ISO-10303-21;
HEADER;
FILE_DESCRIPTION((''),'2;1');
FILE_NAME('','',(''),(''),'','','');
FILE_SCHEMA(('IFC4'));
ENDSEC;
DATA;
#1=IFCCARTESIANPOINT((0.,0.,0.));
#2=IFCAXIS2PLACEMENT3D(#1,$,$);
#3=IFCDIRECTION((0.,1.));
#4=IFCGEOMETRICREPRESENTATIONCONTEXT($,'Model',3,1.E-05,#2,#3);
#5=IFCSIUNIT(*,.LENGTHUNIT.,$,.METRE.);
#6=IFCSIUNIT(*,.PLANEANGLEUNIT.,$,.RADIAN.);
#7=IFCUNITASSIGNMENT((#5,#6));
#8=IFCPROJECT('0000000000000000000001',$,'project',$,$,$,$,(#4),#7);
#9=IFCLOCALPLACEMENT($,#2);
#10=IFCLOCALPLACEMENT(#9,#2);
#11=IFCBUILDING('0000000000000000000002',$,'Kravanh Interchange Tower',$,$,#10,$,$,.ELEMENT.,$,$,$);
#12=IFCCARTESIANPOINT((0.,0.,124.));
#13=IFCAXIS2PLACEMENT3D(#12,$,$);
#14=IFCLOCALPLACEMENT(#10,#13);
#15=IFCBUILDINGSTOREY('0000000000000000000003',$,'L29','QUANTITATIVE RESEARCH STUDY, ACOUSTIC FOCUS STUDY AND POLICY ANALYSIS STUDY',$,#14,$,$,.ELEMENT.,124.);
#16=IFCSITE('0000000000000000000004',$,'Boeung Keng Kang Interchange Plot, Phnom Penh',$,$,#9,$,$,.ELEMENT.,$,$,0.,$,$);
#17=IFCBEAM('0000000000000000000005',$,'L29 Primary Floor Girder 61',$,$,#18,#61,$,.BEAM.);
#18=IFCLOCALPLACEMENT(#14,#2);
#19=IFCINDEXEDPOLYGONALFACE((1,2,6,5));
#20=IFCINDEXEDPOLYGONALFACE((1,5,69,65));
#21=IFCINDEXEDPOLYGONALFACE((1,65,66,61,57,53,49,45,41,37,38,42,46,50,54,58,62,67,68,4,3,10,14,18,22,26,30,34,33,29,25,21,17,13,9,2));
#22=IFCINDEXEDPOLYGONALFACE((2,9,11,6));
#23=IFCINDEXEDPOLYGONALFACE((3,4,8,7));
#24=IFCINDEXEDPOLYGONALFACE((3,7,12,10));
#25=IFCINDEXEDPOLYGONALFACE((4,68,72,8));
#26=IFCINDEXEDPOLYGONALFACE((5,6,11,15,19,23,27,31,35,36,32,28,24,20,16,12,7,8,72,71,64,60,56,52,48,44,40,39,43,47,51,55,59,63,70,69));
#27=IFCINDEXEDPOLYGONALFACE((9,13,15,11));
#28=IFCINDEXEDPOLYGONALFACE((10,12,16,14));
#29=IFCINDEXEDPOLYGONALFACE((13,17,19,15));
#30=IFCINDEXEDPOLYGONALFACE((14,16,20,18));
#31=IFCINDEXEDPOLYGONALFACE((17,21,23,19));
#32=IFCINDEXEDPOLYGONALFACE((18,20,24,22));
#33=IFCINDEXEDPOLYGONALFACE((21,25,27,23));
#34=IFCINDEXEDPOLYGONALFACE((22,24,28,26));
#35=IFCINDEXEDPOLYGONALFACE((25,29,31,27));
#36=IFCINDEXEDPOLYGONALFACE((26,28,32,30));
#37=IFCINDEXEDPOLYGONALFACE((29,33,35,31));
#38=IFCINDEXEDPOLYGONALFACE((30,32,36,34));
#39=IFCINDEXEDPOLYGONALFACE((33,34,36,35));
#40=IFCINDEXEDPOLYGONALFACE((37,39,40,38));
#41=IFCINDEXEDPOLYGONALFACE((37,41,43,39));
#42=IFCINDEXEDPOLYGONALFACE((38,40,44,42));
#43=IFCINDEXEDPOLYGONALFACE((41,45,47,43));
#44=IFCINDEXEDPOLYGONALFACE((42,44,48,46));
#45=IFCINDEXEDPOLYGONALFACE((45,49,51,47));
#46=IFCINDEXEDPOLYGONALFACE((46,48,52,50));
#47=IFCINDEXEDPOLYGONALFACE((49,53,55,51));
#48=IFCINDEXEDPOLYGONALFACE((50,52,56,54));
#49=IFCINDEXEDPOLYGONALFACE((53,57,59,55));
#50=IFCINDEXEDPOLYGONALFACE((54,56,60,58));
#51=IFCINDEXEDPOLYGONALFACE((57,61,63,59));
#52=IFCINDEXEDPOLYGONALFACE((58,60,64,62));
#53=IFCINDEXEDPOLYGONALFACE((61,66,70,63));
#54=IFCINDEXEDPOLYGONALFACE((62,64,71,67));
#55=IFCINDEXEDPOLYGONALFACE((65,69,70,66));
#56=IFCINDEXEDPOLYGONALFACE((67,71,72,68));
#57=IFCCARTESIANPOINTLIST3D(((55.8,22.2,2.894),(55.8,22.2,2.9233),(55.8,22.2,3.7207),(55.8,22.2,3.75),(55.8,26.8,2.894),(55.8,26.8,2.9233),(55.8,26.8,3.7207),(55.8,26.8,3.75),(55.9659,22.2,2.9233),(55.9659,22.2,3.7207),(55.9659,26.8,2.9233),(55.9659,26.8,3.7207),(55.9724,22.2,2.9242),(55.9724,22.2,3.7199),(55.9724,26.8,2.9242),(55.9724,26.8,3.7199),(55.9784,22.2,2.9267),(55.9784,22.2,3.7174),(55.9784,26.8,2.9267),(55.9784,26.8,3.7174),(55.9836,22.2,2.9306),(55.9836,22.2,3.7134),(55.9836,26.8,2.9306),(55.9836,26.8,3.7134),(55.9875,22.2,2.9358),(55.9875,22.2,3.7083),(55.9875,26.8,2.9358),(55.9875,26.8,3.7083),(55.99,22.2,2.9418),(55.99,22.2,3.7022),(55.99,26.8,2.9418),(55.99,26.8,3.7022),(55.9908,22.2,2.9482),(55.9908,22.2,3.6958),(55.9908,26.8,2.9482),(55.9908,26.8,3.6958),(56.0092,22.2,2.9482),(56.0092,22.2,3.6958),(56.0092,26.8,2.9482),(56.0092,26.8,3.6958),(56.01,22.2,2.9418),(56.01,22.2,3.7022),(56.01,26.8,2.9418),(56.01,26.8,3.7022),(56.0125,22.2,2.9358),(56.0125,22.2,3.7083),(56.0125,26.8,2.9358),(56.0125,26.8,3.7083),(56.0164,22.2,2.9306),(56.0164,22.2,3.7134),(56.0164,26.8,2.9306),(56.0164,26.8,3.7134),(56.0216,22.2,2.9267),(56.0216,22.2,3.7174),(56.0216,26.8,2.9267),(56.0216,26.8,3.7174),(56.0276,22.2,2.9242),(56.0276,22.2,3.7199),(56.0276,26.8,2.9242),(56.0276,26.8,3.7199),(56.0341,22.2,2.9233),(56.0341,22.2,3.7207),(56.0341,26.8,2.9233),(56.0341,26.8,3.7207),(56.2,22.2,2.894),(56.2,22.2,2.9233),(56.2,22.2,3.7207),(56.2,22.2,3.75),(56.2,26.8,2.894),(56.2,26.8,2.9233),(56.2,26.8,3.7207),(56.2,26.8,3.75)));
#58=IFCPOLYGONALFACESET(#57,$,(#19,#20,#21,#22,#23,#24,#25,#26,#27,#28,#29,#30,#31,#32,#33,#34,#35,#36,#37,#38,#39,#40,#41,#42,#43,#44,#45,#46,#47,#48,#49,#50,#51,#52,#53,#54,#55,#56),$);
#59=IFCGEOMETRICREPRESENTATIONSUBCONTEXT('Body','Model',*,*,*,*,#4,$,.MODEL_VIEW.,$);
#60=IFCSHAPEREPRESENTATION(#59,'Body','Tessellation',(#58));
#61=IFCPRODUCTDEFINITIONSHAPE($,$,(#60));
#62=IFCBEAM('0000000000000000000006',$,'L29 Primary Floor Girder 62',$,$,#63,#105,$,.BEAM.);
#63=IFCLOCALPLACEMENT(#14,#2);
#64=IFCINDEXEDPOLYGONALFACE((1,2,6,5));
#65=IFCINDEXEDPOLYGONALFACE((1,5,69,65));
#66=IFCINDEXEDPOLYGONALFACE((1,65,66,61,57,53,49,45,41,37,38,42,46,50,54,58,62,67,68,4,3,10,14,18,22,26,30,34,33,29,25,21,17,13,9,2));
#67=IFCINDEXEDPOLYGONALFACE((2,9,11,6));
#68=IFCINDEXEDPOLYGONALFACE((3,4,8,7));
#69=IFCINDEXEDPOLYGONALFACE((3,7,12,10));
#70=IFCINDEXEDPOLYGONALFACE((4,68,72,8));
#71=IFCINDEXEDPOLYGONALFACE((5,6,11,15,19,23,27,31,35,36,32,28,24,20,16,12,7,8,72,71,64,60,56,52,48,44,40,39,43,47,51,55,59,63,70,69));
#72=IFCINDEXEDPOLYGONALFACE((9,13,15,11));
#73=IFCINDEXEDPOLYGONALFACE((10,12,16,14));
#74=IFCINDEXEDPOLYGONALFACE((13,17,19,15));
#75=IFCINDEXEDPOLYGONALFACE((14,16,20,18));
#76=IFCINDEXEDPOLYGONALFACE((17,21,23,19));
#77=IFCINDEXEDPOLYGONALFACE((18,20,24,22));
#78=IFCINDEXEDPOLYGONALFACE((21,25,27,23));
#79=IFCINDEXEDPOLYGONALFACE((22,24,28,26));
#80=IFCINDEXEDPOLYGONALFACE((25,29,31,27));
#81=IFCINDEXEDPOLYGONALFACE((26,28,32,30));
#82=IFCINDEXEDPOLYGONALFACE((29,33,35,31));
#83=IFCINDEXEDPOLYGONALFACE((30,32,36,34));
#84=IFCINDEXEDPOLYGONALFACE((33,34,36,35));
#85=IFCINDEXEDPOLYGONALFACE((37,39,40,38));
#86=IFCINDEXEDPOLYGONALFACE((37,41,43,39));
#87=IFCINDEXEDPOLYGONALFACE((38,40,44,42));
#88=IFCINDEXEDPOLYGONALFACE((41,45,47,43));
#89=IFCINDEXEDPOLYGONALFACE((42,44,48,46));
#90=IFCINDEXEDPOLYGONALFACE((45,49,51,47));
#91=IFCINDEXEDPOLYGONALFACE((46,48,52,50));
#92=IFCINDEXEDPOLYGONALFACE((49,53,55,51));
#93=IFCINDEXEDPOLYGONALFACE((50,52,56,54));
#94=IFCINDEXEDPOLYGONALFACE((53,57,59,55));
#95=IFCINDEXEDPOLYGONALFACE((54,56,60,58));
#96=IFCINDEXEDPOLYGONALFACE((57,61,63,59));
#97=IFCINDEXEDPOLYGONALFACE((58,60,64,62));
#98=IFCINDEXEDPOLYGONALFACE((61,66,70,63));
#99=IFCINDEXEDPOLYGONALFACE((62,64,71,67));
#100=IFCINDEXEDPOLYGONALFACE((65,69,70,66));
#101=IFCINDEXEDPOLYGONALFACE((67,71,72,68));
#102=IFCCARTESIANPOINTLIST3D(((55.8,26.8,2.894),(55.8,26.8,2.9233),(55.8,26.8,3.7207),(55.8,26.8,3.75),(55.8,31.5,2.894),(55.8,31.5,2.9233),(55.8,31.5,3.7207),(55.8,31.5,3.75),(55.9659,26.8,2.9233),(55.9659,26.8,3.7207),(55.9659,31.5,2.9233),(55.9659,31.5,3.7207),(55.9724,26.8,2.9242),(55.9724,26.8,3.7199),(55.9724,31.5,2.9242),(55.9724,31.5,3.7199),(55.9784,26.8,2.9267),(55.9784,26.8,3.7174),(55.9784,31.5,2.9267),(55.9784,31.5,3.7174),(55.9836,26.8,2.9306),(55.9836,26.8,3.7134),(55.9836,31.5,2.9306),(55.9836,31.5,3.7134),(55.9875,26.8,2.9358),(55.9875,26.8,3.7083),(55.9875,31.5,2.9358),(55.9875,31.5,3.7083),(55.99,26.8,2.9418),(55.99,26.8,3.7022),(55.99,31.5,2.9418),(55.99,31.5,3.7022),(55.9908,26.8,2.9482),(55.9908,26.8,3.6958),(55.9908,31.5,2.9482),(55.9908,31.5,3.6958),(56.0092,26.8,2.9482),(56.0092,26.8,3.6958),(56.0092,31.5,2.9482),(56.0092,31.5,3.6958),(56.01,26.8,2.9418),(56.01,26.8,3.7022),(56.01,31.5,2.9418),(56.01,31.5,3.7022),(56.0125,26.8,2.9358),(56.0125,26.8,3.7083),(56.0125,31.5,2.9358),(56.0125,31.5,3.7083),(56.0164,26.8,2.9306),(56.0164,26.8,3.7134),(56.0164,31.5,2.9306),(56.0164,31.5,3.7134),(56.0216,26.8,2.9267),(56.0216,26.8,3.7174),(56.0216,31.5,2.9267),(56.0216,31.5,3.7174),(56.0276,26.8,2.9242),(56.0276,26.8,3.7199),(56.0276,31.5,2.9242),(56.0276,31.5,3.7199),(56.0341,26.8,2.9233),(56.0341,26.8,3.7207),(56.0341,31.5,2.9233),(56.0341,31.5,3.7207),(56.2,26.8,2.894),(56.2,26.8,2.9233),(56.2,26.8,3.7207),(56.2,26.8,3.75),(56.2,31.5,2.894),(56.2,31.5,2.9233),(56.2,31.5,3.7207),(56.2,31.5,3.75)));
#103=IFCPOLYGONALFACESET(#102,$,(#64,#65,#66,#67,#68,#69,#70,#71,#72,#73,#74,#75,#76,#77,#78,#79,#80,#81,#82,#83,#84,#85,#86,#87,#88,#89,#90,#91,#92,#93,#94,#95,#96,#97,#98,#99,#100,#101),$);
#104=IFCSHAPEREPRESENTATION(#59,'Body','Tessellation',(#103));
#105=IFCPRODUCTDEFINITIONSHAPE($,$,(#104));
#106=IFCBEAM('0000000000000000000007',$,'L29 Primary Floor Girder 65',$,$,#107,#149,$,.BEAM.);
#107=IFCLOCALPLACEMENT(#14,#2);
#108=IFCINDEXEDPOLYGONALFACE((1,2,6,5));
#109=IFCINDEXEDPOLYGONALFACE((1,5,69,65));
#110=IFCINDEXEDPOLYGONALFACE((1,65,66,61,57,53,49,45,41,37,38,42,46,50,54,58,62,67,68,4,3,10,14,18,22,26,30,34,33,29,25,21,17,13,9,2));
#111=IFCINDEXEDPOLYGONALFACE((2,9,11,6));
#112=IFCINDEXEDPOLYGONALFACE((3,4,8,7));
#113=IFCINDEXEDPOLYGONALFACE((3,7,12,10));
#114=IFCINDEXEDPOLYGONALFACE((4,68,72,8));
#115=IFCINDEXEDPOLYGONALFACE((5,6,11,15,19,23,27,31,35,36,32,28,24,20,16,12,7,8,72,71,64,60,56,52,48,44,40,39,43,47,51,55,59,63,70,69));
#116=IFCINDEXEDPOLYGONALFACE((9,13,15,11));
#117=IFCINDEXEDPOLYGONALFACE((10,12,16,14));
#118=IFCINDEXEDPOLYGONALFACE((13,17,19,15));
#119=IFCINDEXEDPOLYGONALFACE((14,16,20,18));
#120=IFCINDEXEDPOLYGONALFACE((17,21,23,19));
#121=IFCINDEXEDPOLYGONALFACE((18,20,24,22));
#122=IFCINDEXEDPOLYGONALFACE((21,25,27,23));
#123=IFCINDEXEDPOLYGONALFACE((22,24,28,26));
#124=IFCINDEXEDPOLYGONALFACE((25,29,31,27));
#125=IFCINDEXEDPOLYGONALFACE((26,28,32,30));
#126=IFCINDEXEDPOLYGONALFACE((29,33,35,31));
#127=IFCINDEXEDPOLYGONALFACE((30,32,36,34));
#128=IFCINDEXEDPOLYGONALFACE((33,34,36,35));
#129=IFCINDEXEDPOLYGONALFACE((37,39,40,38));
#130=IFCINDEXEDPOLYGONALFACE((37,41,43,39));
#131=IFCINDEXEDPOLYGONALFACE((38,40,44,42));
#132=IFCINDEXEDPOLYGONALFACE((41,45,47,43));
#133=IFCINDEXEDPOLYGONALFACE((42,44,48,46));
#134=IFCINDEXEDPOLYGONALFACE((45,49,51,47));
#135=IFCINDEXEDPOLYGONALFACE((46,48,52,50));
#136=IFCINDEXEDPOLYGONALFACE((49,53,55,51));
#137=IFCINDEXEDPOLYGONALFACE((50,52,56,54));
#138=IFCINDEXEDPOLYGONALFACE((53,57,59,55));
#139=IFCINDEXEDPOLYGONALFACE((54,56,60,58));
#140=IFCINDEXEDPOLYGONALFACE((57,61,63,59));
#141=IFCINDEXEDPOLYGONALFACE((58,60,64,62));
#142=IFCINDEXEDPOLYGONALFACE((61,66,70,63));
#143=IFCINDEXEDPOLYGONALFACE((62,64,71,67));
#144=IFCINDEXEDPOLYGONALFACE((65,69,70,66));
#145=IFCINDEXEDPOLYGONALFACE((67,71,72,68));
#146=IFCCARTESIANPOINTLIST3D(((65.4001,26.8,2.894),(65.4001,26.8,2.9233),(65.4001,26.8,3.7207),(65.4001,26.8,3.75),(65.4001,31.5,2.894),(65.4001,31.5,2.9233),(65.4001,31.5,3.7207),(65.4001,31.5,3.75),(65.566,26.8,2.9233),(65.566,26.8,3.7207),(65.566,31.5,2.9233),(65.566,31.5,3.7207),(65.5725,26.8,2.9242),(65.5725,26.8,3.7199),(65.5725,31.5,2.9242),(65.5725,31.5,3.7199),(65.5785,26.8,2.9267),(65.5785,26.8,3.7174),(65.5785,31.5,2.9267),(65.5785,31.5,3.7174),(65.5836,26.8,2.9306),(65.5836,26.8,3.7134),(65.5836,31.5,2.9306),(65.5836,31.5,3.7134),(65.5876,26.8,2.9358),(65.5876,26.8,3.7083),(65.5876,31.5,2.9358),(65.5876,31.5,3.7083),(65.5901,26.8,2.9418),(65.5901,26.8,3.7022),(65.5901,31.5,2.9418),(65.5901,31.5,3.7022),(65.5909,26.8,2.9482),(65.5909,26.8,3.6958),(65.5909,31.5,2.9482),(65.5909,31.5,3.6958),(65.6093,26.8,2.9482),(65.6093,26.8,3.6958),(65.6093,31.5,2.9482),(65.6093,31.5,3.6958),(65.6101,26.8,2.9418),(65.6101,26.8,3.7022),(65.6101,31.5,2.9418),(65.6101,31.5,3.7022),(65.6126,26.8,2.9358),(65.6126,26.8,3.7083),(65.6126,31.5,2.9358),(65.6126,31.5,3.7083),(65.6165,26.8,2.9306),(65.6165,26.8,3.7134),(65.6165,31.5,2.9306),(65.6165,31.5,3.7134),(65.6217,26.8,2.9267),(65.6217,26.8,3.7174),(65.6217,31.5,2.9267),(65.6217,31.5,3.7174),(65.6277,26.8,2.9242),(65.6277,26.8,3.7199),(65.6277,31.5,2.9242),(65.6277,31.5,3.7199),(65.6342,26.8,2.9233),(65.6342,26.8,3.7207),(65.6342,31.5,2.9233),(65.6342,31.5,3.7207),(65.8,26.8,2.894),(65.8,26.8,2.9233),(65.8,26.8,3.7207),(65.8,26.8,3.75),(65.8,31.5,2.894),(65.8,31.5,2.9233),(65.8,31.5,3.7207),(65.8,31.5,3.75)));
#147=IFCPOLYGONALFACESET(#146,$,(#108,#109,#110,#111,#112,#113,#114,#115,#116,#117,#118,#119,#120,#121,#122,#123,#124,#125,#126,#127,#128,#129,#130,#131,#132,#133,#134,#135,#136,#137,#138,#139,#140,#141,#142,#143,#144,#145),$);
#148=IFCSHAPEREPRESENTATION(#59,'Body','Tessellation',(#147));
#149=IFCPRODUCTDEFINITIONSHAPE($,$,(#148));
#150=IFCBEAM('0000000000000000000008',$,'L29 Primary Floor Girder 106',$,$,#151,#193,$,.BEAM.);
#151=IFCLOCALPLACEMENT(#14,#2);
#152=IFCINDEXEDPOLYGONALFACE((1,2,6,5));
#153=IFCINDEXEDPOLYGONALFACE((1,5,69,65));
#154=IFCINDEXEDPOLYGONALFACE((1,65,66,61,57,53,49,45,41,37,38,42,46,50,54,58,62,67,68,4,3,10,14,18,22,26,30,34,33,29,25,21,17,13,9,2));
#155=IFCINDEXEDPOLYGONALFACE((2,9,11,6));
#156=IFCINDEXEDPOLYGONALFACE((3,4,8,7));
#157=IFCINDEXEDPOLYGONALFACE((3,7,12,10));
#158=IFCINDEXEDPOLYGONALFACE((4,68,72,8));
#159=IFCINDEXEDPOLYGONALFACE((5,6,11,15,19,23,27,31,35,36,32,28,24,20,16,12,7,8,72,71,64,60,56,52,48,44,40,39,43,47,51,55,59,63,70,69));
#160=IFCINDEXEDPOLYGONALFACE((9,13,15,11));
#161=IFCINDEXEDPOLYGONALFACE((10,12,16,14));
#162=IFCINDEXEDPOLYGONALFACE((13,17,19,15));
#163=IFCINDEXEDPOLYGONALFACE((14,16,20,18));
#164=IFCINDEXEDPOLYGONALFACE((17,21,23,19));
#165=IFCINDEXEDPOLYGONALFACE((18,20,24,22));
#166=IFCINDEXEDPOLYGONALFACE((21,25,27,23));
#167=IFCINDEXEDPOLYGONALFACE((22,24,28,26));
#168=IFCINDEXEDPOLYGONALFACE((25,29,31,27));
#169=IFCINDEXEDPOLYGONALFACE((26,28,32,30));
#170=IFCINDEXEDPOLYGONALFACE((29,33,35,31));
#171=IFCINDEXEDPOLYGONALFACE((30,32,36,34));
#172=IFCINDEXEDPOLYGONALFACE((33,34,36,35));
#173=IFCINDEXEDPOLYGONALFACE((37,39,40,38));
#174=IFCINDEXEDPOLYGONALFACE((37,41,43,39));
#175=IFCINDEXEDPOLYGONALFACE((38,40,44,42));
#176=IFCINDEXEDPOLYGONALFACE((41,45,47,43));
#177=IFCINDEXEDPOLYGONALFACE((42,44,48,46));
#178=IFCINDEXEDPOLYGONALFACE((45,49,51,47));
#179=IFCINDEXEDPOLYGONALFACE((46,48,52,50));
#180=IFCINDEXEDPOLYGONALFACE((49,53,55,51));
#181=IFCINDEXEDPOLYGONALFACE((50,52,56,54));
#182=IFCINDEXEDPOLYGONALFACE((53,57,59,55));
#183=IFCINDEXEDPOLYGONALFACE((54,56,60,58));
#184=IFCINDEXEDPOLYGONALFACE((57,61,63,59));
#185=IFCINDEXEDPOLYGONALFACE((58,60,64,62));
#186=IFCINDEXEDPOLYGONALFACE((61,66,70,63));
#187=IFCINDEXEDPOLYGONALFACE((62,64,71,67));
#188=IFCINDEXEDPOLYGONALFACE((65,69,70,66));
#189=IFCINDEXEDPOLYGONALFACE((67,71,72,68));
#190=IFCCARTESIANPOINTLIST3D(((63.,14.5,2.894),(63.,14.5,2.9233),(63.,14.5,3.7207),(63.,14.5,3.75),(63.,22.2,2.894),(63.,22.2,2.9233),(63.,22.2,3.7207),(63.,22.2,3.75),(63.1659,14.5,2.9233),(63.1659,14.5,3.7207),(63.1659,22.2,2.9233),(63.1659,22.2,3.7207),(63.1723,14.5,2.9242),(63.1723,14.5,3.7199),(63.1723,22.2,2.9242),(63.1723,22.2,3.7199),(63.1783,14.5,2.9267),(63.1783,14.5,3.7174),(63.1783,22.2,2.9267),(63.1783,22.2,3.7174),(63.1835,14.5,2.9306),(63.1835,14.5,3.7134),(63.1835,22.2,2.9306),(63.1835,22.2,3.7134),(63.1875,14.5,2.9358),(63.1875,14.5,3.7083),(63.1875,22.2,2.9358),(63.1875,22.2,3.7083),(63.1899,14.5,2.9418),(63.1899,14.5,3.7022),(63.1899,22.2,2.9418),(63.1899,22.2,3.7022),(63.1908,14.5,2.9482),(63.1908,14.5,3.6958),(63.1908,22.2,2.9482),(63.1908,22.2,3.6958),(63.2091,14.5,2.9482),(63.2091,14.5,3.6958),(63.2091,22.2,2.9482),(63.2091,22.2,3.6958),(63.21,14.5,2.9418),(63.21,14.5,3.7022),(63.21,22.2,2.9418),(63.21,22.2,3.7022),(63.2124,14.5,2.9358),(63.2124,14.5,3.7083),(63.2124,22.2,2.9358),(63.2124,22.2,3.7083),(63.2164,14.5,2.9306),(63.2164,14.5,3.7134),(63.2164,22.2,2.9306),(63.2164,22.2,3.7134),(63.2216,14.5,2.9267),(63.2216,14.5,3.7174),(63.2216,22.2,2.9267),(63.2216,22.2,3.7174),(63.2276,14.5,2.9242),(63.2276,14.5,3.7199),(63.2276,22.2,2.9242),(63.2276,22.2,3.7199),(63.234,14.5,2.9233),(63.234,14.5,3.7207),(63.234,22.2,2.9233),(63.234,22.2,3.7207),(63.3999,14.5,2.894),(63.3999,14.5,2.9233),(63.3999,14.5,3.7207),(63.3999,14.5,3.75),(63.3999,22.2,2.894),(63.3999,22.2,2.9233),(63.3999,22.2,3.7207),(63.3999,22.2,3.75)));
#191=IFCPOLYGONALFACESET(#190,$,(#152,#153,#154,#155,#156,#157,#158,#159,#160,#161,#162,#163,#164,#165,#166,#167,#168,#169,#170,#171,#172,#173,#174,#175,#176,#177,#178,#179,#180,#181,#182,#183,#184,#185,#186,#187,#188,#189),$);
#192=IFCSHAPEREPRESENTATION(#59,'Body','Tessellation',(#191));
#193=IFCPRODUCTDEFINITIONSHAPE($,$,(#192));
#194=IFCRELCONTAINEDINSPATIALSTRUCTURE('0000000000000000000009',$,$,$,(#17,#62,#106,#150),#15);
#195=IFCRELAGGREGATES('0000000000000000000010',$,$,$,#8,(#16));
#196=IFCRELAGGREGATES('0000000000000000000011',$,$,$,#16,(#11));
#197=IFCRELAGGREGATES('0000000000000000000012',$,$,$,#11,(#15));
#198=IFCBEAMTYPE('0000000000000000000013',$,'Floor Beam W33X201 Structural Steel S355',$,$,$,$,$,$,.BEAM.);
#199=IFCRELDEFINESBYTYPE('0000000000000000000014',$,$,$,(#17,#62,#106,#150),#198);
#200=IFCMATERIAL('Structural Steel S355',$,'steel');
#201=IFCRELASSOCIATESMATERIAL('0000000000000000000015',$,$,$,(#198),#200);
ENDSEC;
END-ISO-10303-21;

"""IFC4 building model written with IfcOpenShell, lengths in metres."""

from ifc_helpers import new_model, si_unit, direction, frame, origin, origin_2d, place, context, subcontext, project, spatial, i_section, extrude, material, material_profile, profile_set, type_object, element, save


model = new_model("IFC4")

# Units and contexts
model_context = context("Model", 3, precision=1e-05, world=origin(), true_north=direction((0.0, 1.0)))
body_context = subcontext(model_context, "Body", "Model", "MODEL_VIEW")
ifc_project = project(units=[si_unit("LENGTHUNIT", "METRE"), si_unit("PLANEANGLEUNIT", "RADIAN")], contexts=[model_context])

# Site, building, storey
site_placement = place(None, origin())
site = spatial("IfcSite", under=ifc_project, at=site_placement, Name="Boeung Keng Kang Interchange Plot, Phnom Penh", CompositionType="ELEMENT", RefElevation=0.0)
building_placement = place(site_placement, origin())
building = spatial("IfcBuilding", under=site, at=building_placement, Name="Kravanh Interchange Tower", CompositionType="ELEMENT")
storey_placement = place(building_placement, frame((0.0, 0.0, 124.0)))
storey = spatial("IfcBuildingStorey", under=building, at=storey_placement, Name="L29", Description="QUANTITATIVE RESEARCH STUDY, ACOUSTIC FOCUS STUDY AND POLICY ANALYSIS STUDY", CompositionType="ELEMENT", Elevation=124.0)

# Beams
ifc_material_1 = material(Name="Structural Steel S355", Category="steel")
ifc_material_profile_1 = material_profile(ifc_material_1, i_section(OverallWidth=0.3999, OverallDepth=0.856, WebThickness=0.0183, FlangeThickness=0.0293, FilletRadius=0.0249, at=origin_2d()), Name="W33X201")
ifc_profile_set_1 = profile_set([ifc_material_profile_1], Name="Structural Steel S355")
beam_type_1 = type_object("IfcBeamType", Name="Floor Beam W33X201 Structural Steel S355", PredefinedType="BEAM", material=ifc_profile_set_1)
beam_1_placement = place(storey_placement, frame((56.0, 26.8, 3.322), z_axis=(0.0, -1.0, 0.0), x_axis=(1.0, 0.0, 0.0)))
element("IfcBeam", 1, at=beam_1_placement, inside=storey, type_object=beam_type_1, Name="L29 Primary Floor Girder 61", PredefinedType="BEAM", context=body_context, shape_type="SweptSolid", body=[
    extrude(i_section(OverallWidth=0.3999, OverallDepth=0.856, WebThickness=0.0183, FlangeThickness=0.0293, FilletRadius=0.0249, at=origin_2d()), origin(), (0.0, 0.0, 1.0), 4.6001),
])
for number, where, z_axis, x_axis, name in (
    (2, (56.0, 26.8, 3.322), (0.0, 1.0, 0.0), (-1.0, 0.0, 0.0), "L29 Primary Floor Girder 62"),
    (3, (65.6001, 26.8, 3.322), (0.0, 1.0, 0.0), (-1.0, 0.0, 0.0), "L29 Primary Floor Girder 65"),
):
    element("IfcBeam", number, at=place(storey_placement, frame(where, z_axis=z_axis, x_axis=x_axis)), inside=storey, type_object=beam_type_1, Name=name, PredefinedType="BEAM", context=body_context, shape_type="SweptSolid", body=[
        extrude(i_section(OverallWidth=0.3999, OverallDepth=0.856, WebThickness=0.0183, FlangeThickness=0.0293, FilletRadius=0.0249, at=origin_2d()), origin(), (0.0, 0.0, 1.0), 4.7),
    ])
beam_2_placement = place(storey_placement, frame((63.2, 14.5, 3.322), z_axis=(0.0, 1.0, 0.0), x_axis=(-1.0, 0.0, 0.0)))
element("IfcBeam", 4, at=beam_2_placement, inside=storey, type_object=beam_type_1, Name="L29 Primary Floor Girder 106", PredefinedType="BEAM", context=body_context, shape_type="SweptSolid", body=[
    extrude(i_section(OverallWidth=0.3999, OverallDepth=0.856, WebThickness=0.0183, FlangeThickness=0.0293, FilletRadius=0.0249, at=origin_2d()), origin(), (0.0, 0.0, 1.0), 7.7),
])

save(model, "model.ifc")
